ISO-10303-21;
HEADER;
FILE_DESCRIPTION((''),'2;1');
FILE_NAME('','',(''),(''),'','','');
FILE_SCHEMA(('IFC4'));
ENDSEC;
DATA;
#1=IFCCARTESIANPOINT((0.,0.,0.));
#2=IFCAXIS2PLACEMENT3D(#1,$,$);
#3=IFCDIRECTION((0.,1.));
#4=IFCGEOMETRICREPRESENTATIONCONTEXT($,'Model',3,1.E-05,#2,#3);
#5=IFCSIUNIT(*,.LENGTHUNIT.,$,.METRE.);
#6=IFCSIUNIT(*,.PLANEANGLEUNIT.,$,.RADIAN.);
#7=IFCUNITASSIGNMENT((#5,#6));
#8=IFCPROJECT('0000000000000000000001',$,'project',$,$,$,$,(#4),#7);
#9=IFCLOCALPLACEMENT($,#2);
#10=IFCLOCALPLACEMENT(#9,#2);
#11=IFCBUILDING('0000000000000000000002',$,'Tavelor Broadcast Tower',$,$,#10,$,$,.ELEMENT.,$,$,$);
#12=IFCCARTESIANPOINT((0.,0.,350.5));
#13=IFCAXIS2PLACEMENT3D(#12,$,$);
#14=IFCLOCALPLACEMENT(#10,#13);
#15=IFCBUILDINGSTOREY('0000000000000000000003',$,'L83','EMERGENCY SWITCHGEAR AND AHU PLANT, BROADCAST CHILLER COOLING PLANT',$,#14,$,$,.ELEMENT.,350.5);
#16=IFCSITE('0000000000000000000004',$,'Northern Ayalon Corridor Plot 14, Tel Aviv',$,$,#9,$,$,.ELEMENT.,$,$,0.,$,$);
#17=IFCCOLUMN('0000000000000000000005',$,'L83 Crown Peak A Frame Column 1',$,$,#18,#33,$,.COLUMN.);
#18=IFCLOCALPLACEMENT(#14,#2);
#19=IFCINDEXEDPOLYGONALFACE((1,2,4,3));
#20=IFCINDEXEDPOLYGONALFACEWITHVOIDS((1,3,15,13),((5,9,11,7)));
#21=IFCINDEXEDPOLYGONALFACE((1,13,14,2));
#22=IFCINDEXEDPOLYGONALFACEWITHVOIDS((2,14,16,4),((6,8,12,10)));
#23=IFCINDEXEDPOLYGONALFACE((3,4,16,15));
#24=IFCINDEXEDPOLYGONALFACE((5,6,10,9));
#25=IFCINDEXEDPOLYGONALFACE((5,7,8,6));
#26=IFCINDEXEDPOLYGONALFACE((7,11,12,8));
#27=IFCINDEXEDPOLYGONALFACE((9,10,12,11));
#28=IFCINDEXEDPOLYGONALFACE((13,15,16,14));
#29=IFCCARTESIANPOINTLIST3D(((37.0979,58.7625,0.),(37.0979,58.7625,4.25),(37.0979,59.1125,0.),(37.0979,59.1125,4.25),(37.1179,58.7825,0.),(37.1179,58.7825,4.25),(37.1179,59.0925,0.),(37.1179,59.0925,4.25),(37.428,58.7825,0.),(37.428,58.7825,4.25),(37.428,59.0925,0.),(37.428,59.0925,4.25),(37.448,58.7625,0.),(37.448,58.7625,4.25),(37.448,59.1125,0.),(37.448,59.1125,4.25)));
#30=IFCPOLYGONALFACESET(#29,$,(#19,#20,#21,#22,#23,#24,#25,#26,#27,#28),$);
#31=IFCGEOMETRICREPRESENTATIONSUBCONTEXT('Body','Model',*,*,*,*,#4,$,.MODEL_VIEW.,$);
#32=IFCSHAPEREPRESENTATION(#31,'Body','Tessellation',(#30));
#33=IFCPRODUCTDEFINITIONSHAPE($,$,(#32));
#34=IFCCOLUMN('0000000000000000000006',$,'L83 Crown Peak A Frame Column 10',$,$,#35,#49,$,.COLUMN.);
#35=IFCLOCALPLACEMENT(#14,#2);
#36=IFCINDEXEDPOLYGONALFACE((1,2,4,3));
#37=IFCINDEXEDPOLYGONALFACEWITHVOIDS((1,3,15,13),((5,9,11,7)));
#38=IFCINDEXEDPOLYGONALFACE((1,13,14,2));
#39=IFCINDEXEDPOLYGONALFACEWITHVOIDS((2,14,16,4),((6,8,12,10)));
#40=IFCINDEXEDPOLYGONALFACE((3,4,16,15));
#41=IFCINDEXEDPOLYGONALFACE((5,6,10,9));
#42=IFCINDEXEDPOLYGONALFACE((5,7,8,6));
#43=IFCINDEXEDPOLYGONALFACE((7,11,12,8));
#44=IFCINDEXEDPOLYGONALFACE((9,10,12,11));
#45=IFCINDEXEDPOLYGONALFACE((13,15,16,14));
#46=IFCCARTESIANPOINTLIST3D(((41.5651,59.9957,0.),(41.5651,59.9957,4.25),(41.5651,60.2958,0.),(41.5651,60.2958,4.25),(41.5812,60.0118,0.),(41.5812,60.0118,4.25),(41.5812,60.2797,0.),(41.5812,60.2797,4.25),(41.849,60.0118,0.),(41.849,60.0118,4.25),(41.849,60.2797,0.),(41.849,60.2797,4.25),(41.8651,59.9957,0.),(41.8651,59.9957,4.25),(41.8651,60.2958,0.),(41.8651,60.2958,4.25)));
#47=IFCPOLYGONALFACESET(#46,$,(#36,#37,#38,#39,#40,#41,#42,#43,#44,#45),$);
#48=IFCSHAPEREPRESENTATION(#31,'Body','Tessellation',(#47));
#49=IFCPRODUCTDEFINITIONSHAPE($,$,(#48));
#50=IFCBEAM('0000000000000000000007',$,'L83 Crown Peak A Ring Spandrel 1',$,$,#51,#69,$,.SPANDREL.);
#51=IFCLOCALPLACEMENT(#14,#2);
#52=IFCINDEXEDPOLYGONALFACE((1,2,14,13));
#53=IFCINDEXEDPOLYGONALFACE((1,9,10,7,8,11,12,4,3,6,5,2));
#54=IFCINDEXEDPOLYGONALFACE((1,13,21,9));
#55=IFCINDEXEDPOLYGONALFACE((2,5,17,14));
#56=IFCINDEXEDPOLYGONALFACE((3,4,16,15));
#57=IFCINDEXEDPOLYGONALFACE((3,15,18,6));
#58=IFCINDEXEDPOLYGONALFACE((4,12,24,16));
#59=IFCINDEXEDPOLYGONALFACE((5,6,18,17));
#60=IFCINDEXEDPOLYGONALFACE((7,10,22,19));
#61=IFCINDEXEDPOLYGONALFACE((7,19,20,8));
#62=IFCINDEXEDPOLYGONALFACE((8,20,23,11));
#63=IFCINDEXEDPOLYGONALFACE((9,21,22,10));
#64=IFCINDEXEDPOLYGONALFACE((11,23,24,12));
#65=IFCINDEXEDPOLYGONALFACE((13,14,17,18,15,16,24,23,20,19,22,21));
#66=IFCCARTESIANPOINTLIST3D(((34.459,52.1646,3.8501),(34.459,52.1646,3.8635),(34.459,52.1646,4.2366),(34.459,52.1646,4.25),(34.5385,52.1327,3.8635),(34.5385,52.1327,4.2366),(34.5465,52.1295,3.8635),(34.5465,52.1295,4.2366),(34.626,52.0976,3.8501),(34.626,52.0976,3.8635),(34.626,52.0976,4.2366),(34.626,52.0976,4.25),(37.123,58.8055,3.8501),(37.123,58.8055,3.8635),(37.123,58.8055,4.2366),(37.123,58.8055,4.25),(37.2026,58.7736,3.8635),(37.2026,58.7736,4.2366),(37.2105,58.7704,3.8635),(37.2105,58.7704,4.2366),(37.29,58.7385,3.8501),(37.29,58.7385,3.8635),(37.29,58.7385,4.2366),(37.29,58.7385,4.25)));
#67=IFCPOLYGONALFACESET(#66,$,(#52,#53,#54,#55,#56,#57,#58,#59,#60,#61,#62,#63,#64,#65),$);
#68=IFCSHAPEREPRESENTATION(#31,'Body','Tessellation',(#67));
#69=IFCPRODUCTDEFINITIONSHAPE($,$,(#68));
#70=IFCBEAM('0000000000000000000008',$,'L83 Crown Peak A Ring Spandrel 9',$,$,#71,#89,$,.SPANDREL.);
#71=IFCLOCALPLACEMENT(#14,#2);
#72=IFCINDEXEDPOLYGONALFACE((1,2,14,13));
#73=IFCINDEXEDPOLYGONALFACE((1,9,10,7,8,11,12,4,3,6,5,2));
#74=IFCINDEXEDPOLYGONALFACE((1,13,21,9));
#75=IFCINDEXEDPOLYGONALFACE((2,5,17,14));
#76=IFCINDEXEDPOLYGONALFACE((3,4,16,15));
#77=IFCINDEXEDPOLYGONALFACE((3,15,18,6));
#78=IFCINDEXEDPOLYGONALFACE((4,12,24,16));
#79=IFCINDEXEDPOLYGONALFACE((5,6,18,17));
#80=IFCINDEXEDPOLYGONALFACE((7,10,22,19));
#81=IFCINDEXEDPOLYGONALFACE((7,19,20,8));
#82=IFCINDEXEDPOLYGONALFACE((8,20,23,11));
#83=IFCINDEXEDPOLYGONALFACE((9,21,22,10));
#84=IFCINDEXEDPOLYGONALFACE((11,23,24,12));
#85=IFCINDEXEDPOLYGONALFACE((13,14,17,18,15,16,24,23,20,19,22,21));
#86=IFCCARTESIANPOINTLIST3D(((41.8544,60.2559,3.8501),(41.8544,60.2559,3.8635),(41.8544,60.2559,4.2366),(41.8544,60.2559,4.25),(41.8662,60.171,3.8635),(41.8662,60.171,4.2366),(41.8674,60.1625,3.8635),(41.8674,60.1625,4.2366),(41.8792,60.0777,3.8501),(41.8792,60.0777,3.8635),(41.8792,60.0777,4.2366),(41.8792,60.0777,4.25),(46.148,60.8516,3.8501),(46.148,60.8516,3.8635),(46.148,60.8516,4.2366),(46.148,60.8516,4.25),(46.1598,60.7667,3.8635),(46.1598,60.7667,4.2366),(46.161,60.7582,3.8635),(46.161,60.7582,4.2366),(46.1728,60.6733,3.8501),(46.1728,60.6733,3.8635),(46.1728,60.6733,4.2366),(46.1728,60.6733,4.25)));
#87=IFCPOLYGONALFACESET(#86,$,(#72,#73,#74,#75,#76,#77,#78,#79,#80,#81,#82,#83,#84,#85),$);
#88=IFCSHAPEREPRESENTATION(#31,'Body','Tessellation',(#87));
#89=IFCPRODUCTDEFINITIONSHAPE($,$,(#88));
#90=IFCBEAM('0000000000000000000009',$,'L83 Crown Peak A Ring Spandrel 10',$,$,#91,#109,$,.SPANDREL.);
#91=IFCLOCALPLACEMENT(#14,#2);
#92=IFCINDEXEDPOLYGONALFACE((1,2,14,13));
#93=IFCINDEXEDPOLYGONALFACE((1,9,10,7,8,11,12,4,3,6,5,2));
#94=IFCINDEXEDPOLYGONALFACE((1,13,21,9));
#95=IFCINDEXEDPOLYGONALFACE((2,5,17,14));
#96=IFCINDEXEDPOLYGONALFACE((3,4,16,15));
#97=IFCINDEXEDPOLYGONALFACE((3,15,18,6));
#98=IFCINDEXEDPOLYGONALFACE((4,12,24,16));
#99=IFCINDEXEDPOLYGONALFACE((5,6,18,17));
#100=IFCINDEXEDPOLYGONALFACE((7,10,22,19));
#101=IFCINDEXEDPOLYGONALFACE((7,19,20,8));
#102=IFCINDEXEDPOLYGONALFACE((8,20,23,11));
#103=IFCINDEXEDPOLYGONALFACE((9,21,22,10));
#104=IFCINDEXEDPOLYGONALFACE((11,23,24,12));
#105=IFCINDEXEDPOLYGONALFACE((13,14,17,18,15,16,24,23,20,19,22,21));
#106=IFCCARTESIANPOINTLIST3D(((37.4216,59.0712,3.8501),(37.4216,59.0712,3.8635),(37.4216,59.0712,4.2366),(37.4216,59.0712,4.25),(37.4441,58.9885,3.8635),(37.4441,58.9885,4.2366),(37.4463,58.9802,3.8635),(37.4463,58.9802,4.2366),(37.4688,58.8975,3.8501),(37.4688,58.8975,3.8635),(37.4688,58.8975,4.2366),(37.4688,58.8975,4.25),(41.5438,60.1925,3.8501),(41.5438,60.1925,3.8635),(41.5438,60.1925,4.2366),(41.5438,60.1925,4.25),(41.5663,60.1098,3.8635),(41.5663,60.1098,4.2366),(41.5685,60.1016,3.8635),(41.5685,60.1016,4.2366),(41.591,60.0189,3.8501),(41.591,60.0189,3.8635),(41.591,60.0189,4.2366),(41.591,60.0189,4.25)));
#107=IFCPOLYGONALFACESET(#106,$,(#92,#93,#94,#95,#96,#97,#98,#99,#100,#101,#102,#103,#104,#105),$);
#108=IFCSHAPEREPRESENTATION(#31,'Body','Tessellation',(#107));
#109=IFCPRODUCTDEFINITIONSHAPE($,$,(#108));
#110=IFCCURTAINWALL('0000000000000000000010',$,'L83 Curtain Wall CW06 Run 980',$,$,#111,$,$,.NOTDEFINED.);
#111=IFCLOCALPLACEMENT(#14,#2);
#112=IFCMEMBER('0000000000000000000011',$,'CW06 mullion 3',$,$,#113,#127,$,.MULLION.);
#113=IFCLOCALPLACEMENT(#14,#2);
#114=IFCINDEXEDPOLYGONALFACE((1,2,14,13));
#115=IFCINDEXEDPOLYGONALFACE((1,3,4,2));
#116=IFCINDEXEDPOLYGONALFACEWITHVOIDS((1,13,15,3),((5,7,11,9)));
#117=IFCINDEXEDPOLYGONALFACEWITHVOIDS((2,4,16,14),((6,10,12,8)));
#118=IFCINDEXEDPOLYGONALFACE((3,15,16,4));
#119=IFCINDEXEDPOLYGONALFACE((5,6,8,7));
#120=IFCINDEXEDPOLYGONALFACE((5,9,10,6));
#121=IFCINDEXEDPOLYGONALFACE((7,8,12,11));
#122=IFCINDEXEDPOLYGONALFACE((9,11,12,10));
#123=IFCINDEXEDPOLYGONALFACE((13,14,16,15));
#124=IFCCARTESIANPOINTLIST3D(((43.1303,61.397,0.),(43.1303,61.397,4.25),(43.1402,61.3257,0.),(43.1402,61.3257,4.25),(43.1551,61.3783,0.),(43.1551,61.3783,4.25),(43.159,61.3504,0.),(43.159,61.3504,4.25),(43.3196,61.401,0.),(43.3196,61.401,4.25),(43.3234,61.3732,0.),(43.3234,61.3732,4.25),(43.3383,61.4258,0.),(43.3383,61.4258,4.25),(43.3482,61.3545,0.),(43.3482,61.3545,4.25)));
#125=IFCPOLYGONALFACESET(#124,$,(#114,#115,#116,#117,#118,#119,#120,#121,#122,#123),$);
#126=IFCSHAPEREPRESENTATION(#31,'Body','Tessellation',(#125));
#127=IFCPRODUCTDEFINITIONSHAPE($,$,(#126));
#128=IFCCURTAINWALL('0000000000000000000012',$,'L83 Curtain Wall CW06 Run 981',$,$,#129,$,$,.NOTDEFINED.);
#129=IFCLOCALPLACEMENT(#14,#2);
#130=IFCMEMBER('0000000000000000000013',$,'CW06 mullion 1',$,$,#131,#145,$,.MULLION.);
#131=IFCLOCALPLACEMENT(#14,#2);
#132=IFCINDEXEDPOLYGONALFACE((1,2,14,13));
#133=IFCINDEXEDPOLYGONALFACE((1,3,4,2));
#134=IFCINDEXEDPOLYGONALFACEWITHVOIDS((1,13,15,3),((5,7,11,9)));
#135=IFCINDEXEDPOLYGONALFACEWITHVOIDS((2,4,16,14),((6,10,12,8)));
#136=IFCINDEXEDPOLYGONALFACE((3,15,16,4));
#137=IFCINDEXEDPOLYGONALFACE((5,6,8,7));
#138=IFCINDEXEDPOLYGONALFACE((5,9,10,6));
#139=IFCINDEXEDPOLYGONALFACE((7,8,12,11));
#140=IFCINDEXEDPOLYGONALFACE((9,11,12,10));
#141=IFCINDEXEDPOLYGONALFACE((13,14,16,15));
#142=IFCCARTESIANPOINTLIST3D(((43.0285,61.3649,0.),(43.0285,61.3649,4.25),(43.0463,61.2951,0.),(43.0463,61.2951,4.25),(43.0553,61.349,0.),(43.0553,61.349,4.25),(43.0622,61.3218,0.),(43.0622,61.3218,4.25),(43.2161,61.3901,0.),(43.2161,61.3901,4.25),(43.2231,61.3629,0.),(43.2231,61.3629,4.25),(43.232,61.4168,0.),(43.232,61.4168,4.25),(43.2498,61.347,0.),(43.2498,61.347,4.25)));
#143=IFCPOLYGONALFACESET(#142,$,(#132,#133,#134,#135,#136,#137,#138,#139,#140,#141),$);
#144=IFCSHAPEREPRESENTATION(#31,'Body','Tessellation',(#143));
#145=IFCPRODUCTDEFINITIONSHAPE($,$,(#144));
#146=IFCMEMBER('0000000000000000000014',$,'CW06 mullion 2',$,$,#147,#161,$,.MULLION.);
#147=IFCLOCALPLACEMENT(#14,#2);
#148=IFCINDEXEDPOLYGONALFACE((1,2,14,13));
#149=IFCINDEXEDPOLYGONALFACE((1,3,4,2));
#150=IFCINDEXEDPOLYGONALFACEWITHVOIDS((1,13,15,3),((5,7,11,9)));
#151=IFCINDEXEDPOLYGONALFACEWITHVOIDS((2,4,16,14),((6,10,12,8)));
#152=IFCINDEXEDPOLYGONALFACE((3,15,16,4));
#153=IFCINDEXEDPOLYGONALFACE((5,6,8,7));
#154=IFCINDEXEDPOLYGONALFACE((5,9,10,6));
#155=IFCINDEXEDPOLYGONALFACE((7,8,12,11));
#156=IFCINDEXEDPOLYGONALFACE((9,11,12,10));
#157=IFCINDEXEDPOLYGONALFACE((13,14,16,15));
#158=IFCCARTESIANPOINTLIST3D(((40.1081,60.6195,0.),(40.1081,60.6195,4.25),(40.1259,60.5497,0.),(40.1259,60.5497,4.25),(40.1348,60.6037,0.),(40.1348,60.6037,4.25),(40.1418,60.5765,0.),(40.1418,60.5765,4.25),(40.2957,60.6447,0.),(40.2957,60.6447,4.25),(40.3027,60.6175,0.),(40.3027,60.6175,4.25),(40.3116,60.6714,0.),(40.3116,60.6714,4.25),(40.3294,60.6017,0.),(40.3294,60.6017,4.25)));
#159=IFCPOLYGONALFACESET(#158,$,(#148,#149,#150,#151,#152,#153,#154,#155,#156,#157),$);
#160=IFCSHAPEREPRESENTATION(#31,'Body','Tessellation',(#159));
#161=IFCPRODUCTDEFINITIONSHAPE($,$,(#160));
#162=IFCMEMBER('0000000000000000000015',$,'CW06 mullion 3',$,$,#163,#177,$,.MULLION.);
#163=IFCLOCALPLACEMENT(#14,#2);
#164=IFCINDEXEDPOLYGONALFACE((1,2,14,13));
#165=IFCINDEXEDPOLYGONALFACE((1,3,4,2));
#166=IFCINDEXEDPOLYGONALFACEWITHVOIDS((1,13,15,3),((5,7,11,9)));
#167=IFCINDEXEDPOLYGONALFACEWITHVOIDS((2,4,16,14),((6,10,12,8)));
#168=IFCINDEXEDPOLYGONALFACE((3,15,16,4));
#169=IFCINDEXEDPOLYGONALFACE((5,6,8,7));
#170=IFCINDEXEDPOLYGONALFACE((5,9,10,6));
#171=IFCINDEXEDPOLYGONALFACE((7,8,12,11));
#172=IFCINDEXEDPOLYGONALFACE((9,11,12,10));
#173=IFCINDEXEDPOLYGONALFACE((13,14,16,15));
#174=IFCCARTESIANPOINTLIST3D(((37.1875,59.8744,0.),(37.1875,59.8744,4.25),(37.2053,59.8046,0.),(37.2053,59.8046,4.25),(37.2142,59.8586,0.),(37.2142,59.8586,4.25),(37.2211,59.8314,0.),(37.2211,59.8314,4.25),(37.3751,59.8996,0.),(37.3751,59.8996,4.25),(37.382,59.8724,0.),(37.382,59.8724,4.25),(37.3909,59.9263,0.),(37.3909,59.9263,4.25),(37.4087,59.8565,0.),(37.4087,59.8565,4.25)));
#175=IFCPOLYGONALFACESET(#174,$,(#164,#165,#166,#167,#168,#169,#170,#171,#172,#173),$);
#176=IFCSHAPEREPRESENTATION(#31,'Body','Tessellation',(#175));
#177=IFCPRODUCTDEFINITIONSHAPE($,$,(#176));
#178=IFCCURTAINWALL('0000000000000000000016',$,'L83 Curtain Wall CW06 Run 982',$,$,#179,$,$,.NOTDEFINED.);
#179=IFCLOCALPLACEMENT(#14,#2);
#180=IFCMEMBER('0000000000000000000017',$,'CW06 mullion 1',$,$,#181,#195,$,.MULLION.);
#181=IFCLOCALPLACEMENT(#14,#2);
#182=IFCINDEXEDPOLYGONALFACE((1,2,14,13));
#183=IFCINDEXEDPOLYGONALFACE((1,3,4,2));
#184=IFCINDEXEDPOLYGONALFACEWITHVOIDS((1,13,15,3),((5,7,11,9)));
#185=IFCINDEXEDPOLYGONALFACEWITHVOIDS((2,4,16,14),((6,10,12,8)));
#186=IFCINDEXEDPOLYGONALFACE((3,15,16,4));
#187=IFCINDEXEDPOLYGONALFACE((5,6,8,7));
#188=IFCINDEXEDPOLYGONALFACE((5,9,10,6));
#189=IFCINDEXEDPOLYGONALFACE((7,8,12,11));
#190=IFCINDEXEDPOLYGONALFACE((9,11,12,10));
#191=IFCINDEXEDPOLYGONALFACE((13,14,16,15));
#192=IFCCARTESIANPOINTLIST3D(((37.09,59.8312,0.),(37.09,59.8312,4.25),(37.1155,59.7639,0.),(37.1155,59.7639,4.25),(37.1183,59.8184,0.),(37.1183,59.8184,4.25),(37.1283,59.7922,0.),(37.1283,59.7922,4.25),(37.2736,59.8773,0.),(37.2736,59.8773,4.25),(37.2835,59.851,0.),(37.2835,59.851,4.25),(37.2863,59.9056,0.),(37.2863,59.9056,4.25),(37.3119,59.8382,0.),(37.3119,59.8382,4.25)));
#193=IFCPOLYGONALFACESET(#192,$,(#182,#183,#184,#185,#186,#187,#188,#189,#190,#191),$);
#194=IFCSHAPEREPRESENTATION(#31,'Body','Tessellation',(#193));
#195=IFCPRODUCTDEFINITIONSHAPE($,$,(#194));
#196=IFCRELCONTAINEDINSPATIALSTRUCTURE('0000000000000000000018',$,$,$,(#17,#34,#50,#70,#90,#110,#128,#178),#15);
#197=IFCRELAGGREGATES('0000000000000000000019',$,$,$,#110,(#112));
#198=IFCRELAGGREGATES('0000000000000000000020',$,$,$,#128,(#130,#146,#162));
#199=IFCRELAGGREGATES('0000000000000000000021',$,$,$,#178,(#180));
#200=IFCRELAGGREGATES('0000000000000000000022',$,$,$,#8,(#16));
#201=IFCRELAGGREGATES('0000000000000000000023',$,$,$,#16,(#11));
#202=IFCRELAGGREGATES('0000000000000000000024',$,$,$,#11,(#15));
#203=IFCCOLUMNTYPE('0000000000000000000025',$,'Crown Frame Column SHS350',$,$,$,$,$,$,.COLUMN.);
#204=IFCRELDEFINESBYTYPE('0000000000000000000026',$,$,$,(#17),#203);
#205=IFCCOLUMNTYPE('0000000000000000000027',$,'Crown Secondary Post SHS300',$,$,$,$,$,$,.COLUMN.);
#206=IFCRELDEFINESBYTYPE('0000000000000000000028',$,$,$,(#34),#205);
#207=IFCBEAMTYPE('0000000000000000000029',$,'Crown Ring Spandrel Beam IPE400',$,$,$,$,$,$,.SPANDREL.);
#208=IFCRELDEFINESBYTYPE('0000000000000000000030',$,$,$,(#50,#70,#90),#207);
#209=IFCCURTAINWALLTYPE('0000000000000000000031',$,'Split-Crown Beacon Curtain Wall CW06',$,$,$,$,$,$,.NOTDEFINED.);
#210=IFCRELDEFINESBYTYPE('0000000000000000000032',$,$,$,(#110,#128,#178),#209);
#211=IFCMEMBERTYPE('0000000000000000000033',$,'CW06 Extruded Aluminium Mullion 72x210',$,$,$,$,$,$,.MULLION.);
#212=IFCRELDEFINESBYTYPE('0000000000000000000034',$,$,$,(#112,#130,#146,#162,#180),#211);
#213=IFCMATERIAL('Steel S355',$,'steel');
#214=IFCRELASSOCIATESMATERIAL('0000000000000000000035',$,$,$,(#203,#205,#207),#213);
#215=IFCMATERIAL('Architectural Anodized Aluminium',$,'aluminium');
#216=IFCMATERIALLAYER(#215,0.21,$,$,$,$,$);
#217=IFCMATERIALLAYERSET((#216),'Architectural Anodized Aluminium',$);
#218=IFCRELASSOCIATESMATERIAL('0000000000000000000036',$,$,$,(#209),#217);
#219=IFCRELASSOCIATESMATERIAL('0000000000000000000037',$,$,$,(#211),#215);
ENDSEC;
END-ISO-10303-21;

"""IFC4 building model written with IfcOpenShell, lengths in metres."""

from ifc_helpers import new_model, si_unit, direction, frame, origin, origin_2d, place, context, subcontext, project, spatial, hollow_rectangle, i_section, extrude, source, transform, mapped, material, layer, layer_set, material_profile, profile_set, type_object, type_shapes, element, aggregate, save


model = new_model("IFC4")

# Units and contexts
model_context = context("Model", 3, precision=1e-05, world=origin(), true_north=direction((0.0, 1.0)))
body_context = subcontext(model_context, "Body", "Model", "MODEL_VIEW")
ifc_project = project(units=[si_unit("LENGTHUNIT", "METRE"), si_unit("PLANEANGLEUNIT", "RADIAN")], contexts=[model_context])

# Site, building, storey
site_placement = place(None, origin())
site = spatial("IfcSite", under=ifc_project, at=site_placement, Name="Northern Ayalon Corridor Plot 14, Tel Aviv", CompositionType="ELEMENT", RefElevation=0.0)
building_placement = place(site_placement, origin())
building = spatial("IfcBuilding", under=site, at=building_placement, Name="Tavelor Broadcast Tower", CompositionType="ELEMENT")
storey_placement = place(building_placement, frame((0.0, 0.0, 350.5)))
storey = spatial("IfcBuildingStorey", under=building, at=storey_placement, Name="L83", Description="EMERGENCY SWITCHGEAR AND AHU PLANT, BROADCAST CHILLER COOLING PLANT", CompositionType="ELEMENT", Elevation=350.5)

# Columns
ifc_material_1 = material(Name="Steel S355", Category="steel")
ifc_material_profile_1 = material_profile(ifc_material_1, hollow_rectangle(XDim=0.3501, YDim=0.3501, WallThickness=0.02, at=origin_2d()), Name="SHS 350x350x20")
ifc_profile_set_1 = profile_set([ifc_material_profile_1], Name="Steel S355")
column_type_1 = type_object("IfcColumnType", Name="Crown Frame Column SHS350", PredefinedType="COLUMN", material=ifc_profile_set_1)
column_1_placement = place(storey_placement, frame((37.2729, 58.9375, 0.0), z_axis=(0.0, 0.0, 1.0), x_axis=(1.0, 0.0, 0.0)))
element("IfcColumn", 1, at=column_1_placement, inside=storey, type_object=column_type_1, Name="L83 Crown Peak A Frame Column 1", PredefinedType="COLUMN", context=body_context, shape_type="SweptSolid", body=[
    extrude(hollow_rectangle(XDim=0.3501, YDim=0.3501, WallThickness=0.02, at=origin_2d()), origin(), (0.0, 0.0, 1.0), 4.25),
])
ifc_material_profile_2 = material_profile(ifc_material_1, hollow_rectangle(XDim=0.3, YDim=0.3, WallThickness=0.0161, at=origin_2d()), Name="SHS 300x300x16")
ifc_profile_set_2 = profile_set([ifc_material_profile_2], Name="Steel S355")
column_type_2 = type_object("IfcColumnType", Name="Crown Secondary Post SHS300", PredefinedType="COLUMN", material=ifc_profile_set_2)
column_2_placement = place(storey_placement, frame((41.7151, 60.1458, 0.0), z_axis=(0.0, 0.0, 1.0), x_axis=(1.0, 0.0, 0.0)))
element("IfcColumn", 2, at=column_2_placement, inside=storey, type_object=column_type_2, Name="L83 Crown Peak A Frame Column 10", PredefinedType="COLUMN", context=body_context, shape_type="SweptSolid", body=[
    extrude(hollow_rectangle(XDim=0.3, YDim=0.3, WallThickness=0.0161, at=origin_2d()), origin(), (0.0, 0.0, 1.0), 4.25),
])

# Beams
ifc_material_profile_3 = material_profile(ifc_material_1, i_section(OverallWidth=0.1799, OverallDepth=0.3999, WebThickness=0.0085, FlangeThickness=0.0134, at=origin_2d()), Name="IPE 400")
ifc_profile_set_3 = profile_set([ifc_material_profile_3], Name="Steel S355")
beam_type = type_object("IfcBeamType", Name="Crown Ring Spandrel Beam IPE400", PredefinedType="SPANDREL", material=ifc_profile_set_3)
beam_1_placement = place(storey_placement, frame((37.2065, 58.772, 4.05), z_axis=(-0.37232, -0.928104, 0.0), x_axis=(0.928104, -0.37232, 0.0)))
element("IfcBeam", 3, at=beam_1_placement, inside=storey, type_object=beam_type, Name="L83 Crown Peak A Ring Spandrel 1", PredefinedType="SPANDREL", context=body_context, shape_type="SweptSolid", body=[
    extrude(i_section(OverallWidth=0.1799, OverallDepth=0.3999, WebThickness=0.0085, FlangeThickness=0.0134, at=origin_2d()), origin(), (0.0, 0.0, 1.0), 7.1553),
])
beam_2_placement = place(storey_placement, frame((46.1604, 60.7625, 4.05), z_axis=(-0.990513, -0.137423, 0.0), x_axis=(0.137423, -0.990513, 0.0)))
element("IfcBeam", 4, at=beam_2_placement, inside=storey, type_object=beam_type, Name="L83 Crown Peak A Ring Spandrel 9", PredefinedType="SPANDREL", context=body_context, shape_type="SweptSolid", body=[
    extrude(i_section(OverallWidth=0.1799, OverallDepth=0.3999, WebThickness=0.0085, FlangeThickness=0.0134, at=origin_2d()), origin(), (0.0, 0.0, 1.0), 4.3347),
])
beam_3_placement = place(storey_placement, frame((41.5674, 60.1057, 4.05), z_axis=(-0.964934, -0.262494, 0.0), x_axis=(0.262494, -0.964934, 0.0)))
element("IfcBeam", 5, at=beam_3_placement, inside=storey, type_object=beam_type, Name="L83 Crown Peak A Ring Spandrel 10", PredefinedType="SPANDREL", context=body_context, shape_type="SweptSolid", body=[
    extrude(i_section(OverallWidth=0.1799, OverallDepth=0.3999, WebThickness=0.0085, FlangeThickness=0.0134, at=origin_2d()), origin(), (0.0, 0.0, 1.0), 4.272),
])

# Curtain wall, member
ifc_material_2 = material(Name="Architectural Anodized Aluminium", Category="aluminium")
ifc_layer_1 = layer(ifc_material_2, 0.21)
ifc_layer_set_1 = layer_set([ifc_layer_1], Name="Architectural Anodized Aluminium")
curtain_wall_type = type_object("IfcCurtainWallType", Name="Split-Crown Beacon Curtain Wall CW06", PredefinedType="NOTDEFINED", material=ifc_layer_set_1)
curtain_wall_1_placement = place(storey_placement, origin())
curtain_wall_1 = element("IfcCurtainWall", 6, at=curtain_wall_1_placement, inside=storey, type_object=curtain_wall_type, Name="L83 Curtain Wall CW06 Run 980", PredefinedType="NOTDEFINED")
ifc_material_profile_4 = material_profile(ifc_material_2, hollow_rectangle(XDim=0.072, YDim=0.21, WallThickness=0.022, at=origin_2d()), Name="RHS 72x210x22")
ifc_profile_set_4 = profile_set([ifc_material_profile_4], Name="Architectural Anodized Aluminium")
member_type_1 = type_object("IfcMemberType", Name="CW06 Extruded Aluminium Mullion 72x210", PredefinedType="MULLION", material=ifc_profile_set_4)
shared_shape_1 = source(origin(), body_context, "Body", "SweptSolid", [
    extrude(hollow_rectangle(XDim=0.072, YDim=0.21, WallThickness=0.022, at=origin_2d()), origin(), (0.0, 0.0, 1.0), 4.25),
])
type_shapes(member_type_1, [shared_shape_1])
member_1_placement = place(storey_placement, frame((43.2393, 61.3757, 0.0), z_axis=(0.0, 0.0, 1.0), x_axis=(0.137174, -0.990547, 0.0)))
member_1 = element("IfcMember", 7, at=member_1_placement, type_object=member_type_1, Name="CW06 mullion 3", PredefinedType="MULLION", context=body_context, shape_type="MappedRepresentation", body=[
    mapped(shared_shape_1, transform((0.0, 0.0, 0.0), scale=1.0)),
])

# Curtain walls, members
curtain_wall_2_placement = place(storey_placement, origin())
curtain_wall_2 = element("IfcCurtainWall", 8, at=curtain_wall_2_placement, inside=storey, type_object=curtain_wall_type, Name="L83 Curtain Wall CW06 Run 981", PredefinedType="NOTDEFINED")
member_2_placement = place(storey_placement, frame((43.1392, 61.356, 0.0), z_axis=(0.0, 0.0, 1.0), x_axis=(0.247269, -0.968947, 0.0)))
member_2 = element("IfcMember", 9, at=member_2_placement, type_object=member_type_1, Name="CW06 mullion 1", PredefinedType="MULLION", context=body_context, shape_type="MappedRepresentation", body=[
    mapped(shared_shape_1, transform((0.0, 0.0, 0.0), scale=1.0)),
])
member_3_placement = place(storey_placement, frame((40.2188, 60.6106, 0.0), z_axis=(0.0, 0.0, 1.0), x_axis=(0.247269, -0.968947, 0.0)))
member_3 = element("IfcMember", 10, at=member_3_placement, type_object=member_type_1, Name="CW06 mullion 2", PredefinedType="MULLION", context=body_context, shape_type="MappedRepresentation", body=[
    mapped(shared_shape_1, transform((0.0, 0.0, 0.0), scale=1.0)),
])
member_4_placement = place(storey_placement, frame((37.2981, 59.8655, 0.0), z_axis=(0.0, 0.0, 1.0), x_axis=(0.247269, -0.968947, 0.0)))
member_4 = element("IfcMember", 11, at=member_4_placement, type_object=member_type_1, Name="CW06 mullion 3", PredefinedType="MULLION", context=body_context, shape_type="MappedRepresentation", body=[
    mapped(shared_shape_1, transform((0.0, 0.0, 0.0), scale=1.0)),
])
curtain_wall_3_placement = place(storey_placement, origin())
curtain_wall_3 = element("IfcCurtainWall", 12, at=curtain_wall_3_placement, inside=storey, type_object=curtain_wall_type, Name="L83 Curtain Wall CW06 Run 982", PredefinedType="NOTDEFINED")
member_5_placement = place(storey_placement, frame((37.2009, 59.8347, 0.0), z_axis=(0.0, 0.0, 1.0), x_axis=(0.354265, -0.935145, 0.0)))
member_5 = element("IfcMember", 13, at=member_5_placement, type_object=member_type_1, Name="CW06 mullion 1", PredefinedType="MULLION", context=body_context, shape_type="MappedRepresentation", body=[
    mapped(shared_shape_1, transform((0.0, 0.0, 0.0), scale=1.0)),
])

aggregate(curtain_wall_1, [member_1])
aggregate(curtain_wall_2, [member_2, member_3, member_4])
aggregate(curtain_wall_3, [member_5])

save(model, "model.ifc")
